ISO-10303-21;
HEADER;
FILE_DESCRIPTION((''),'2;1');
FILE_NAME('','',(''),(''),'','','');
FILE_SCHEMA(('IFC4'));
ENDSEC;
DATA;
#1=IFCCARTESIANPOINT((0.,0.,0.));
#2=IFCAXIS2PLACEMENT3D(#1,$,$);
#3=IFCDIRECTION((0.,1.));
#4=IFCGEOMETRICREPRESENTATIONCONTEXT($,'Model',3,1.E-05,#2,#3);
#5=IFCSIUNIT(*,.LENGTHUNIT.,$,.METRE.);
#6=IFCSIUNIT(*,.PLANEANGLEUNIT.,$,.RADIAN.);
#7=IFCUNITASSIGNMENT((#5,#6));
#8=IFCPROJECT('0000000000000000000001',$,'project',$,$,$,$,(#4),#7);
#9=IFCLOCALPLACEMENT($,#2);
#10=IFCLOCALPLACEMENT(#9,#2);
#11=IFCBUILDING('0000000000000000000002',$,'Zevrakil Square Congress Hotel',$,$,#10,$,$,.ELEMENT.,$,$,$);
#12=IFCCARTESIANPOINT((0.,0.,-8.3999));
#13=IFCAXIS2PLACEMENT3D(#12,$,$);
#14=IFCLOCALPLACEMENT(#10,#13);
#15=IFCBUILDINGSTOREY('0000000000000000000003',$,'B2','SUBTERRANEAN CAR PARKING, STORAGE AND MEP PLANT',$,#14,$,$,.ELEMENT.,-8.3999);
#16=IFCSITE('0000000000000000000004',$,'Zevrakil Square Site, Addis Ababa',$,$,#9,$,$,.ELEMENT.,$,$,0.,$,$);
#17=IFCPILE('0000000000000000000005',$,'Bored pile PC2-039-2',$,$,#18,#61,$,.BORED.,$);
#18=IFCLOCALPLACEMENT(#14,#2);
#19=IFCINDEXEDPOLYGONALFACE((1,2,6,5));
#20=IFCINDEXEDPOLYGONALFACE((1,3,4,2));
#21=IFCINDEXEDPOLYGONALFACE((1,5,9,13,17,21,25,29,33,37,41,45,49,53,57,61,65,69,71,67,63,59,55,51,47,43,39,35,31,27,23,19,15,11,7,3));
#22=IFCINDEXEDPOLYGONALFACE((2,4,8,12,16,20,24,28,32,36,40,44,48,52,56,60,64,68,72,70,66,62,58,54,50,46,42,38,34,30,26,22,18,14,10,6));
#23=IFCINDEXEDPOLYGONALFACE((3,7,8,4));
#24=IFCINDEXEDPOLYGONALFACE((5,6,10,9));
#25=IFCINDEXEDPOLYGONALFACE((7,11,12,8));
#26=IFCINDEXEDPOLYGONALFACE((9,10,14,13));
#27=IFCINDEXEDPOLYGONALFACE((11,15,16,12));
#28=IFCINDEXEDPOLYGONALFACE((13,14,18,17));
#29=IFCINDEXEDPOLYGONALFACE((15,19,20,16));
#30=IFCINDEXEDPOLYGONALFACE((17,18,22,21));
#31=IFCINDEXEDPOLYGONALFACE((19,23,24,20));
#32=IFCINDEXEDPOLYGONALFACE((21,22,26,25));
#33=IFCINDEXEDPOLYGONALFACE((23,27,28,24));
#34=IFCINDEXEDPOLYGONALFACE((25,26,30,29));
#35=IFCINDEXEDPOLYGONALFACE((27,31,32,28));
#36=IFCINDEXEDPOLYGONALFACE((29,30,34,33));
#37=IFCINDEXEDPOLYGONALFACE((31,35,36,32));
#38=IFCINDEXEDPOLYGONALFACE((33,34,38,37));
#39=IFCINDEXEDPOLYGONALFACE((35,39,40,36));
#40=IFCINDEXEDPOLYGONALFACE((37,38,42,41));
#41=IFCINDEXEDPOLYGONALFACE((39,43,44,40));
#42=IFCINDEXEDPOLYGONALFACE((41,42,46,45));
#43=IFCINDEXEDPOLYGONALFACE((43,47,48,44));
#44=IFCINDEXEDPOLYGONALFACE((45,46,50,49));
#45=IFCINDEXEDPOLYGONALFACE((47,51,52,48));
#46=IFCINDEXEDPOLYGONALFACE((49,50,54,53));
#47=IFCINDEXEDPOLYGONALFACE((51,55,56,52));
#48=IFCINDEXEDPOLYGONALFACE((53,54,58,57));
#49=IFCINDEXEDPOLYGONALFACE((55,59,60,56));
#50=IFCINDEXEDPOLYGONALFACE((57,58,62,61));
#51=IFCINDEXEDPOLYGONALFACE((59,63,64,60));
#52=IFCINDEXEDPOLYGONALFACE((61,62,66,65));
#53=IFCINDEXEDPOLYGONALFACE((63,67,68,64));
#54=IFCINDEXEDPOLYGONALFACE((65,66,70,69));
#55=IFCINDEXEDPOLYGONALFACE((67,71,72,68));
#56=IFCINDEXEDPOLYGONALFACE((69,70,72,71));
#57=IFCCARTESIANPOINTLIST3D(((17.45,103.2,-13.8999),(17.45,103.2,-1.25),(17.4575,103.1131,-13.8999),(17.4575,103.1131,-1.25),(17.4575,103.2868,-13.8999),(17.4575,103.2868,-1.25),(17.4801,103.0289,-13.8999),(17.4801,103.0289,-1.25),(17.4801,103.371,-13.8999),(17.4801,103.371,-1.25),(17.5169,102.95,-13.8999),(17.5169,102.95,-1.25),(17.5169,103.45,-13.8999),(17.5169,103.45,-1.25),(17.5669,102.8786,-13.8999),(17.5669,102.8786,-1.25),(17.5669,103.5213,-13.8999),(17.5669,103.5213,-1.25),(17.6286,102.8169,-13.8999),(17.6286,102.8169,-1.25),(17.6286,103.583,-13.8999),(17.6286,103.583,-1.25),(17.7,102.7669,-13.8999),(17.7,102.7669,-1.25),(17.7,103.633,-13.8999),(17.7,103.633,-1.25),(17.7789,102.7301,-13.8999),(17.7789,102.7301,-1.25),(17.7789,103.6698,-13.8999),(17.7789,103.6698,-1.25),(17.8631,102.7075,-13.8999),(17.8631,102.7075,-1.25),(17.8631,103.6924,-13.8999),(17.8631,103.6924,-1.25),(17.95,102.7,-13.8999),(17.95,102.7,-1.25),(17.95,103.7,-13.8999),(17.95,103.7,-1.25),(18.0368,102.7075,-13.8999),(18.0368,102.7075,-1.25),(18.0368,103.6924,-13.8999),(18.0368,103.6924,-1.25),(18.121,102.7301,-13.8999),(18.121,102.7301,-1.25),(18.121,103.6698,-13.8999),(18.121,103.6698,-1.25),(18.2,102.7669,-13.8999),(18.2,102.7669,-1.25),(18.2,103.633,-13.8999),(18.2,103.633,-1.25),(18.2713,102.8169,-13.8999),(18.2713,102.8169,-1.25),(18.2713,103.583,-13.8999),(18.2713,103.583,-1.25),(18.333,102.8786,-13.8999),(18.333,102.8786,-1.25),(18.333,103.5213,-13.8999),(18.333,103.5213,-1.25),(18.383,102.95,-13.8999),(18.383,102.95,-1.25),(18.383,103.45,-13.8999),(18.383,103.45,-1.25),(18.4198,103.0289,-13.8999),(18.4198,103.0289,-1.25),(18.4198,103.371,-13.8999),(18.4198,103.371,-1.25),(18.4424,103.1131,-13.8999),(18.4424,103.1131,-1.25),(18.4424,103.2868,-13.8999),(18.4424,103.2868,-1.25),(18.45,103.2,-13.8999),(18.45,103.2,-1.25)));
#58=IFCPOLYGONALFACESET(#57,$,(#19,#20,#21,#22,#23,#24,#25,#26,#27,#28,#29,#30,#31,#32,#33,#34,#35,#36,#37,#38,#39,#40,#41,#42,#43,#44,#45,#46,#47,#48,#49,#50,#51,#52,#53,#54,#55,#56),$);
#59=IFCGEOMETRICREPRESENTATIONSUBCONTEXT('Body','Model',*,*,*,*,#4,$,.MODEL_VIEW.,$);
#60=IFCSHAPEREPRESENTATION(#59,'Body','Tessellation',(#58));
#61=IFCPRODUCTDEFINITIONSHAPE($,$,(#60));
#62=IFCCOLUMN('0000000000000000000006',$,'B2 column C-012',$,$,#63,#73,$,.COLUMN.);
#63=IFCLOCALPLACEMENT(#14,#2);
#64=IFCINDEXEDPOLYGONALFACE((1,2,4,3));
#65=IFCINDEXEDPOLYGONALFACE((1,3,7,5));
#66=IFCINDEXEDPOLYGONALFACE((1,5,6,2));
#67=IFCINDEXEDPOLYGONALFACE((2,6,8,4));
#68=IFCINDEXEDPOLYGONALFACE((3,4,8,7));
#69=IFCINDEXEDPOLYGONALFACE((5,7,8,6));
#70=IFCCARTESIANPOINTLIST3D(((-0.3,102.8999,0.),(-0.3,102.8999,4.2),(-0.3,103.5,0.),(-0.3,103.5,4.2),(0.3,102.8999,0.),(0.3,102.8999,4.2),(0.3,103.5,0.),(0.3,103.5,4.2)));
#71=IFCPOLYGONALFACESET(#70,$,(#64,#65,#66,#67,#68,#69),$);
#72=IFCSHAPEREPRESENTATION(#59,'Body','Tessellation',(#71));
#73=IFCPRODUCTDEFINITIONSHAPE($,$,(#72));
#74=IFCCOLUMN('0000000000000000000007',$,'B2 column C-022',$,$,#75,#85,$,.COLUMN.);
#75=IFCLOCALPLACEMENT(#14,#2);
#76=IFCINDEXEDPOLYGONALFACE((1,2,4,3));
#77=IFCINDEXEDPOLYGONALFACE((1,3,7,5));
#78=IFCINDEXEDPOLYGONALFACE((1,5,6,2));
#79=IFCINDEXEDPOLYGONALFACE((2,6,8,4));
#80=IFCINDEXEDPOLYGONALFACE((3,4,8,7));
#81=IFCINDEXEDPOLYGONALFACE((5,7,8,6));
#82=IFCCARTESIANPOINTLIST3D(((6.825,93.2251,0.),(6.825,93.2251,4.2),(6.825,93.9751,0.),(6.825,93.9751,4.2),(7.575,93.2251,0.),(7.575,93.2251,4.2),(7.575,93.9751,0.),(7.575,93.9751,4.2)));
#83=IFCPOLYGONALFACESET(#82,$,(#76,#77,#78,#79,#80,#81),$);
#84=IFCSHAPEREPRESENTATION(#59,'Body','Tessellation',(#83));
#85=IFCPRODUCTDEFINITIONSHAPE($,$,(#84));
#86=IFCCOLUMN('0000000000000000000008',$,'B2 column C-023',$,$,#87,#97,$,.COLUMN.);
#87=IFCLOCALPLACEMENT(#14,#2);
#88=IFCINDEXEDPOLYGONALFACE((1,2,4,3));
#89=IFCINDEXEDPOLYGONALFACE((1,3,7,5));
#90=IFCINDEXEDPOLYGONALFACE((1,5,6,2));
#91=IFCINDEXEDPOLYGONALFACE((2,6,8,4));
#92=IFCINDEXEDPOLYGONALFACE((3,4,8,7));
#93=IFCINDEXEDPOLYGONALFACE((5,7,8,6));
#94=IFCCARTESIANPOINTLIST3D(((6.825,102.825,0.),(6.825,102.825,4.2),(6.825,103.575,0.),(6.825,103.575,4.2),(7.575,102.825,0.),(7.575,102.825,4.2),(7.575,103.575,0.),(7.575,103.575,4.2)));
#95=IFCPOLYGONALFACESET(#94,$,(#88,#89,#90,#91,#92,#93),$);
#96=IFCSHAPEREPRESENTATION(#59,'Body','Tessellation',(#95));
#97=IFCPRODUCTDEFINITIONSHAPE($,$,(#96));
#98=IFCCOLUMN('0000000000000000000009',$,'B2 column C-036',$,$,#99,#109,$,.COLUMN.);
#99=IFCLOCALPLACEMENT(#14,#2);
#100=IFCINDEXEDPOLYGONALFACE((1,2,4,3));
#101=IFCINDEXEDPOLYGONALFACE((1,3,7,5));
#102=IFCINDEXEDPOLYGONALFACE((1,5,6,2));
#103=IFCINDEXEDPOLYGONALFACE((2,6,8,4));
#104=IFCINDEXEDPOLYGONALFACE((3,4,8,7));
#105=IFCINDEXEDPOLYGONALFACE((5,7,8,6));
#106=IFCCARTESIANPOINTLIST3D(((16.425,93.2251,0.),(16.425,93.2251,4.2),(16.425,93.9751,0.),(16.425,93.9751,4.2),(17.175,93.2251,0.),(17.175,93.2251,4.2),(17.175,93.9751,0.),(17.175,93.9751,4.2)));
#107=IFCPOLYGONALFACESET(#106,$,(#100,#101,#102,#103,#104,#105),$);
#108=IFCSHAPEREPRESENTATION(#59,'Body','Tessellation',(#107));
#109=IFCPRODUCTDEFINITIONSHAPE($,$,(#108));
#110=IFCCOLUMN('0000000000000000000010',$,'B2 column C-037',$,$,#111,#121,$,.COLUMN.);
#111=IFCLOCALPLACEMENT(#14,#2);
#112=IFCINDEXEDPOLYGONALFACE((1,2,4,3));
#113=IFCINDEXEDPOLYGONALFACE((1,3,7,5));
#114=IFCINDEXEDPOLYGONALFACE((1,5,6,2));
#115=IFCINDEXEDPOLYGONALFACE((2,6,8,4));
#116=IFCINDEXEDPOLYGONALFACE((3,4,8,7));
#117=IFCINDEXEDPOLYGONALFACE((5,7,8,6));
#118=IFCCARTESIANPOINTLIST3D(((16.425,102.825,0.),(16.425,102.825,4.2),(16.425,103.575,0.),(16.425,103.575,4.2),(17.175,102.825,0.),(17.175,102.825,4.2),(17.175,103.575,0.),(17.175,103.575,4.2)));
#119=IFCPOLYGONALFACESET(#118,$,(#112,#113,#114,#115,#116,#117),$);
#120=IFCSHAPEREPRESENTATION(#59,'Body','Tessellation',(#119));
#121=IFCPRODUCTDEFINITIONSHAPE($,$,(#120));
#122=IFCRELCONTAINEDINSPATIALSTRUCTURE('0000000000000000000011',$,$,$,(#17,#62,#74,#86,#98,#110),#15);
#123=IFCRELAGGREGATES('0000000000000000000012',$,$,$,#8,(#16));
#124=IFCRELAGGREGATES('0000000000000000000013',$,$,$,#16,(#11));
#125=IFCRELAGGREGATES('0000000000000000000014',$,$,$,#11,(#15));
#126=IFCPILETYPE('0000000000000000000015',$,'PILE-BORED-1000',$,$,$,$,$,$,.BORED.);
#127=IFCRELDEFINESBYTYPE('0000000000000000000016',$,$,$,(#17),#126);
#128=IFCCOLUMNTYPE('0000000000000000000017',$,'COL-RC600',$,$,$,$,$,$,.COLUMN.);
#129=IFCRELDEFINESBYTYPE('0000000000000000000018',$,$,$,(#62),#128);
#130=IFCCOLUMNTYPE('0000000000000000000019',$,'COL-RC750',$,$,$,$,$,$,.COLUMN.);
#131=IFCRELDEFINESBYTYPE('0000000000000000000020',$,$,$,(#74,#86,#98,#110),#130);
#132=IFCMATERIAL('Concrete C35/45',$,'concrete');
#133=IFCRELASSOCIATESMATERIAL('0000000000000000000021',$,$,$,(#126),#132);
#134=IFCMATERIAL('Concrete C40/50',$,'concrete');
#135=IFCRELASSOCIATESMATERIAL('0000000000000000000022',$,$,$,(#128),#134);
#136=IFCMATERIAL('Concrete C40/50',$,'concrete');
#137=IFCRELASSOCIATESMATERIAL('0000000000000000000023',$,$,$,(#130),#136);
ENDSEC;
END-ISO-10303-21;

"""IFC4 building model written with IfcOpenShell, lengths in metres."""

from ifc_helpers import new_model, si_unit, direction, frame, origin, origin_2d, place, context, subcontext, project, spatial, rectangle, circle, extrude, material, material_profile, profile_set, type_object, element, save


model = new_model("IFC4")

# Units and contexts
model_context = context("Model", 3, precision=1e-05, world=origin(), true_north=direction((0.0, 1.0)))
body_context = subcontext(model_context, "Body", "Model", "MODEL_VIEW")
ifc_project = project(units=[si_unit("LENGTHUNIT", "METRE"), si_unit("PLANEANGLEUNIT", "RADIAN")], contexts=[model_context])

# Site, building, storey
site_placement = place(None, origin())
site = spatial("IfcSite", under=ifc_project, at=site_placement, Name="Zevrakil Square Site, Addis Ababa", CompositionType="ELEMENT", RefElevation=0.0)
building_placement = place(site_placement, origin())
building = spatial("IfcBuilding", under=site, at=building_placement, Name="Zevrakil Square Congress Hotel", CompositionType="ELEMENT")
storey_placement = place(building_placement, frame((0.0, 0.0, -8.3999)))
storey = spatial("IfcBuildingStorey", under=building, at=storey_placement, Name="B2", Description="SUBTERRANEAN CAR PARKING, STORAGE AND MEP PLANT", CompositionType="ELEMENT", Elevation=-8.3999)

# Pile
ifc_material_1 = material(Name="Concrete C35/45", Category="concrete")
ifc_material_profile_1 = material_profile(ifc_material_1, circle(Radius=0.5, at=origin_2d()), Name="PILE D1000")
ifc_profile_set_1 = profile_set([ifc_material_profile_1], Name="Concrete C35/45")
pile_type = type_object("IfcPileType", Name="PILE-BORED-1000", PredefinedType="BORED", material=ifc_profile_set_1)
for number, where, z_axis, x_axis, name in (
    (1, (17.95, 103.2, -1.25), (0.0, 0.0, -1.0), (1.0, 0.0, 0.0), "Bored pile PC2-039-2"),
):
    element("IfcPile", number, at=place(storey_placement, frame(where, z_axis=z_axis, x_axis=x_axis)), inside=storey, type_object=pile_type, Name=name, PredefinedType="BORED", context=body_context, shape_type="SweptSolid", body=[
        extrude(circle(Radius=0.5, at=origin_2d()), origin(), (0.0, 0.0, 1.0), 12.6499),
    ])

# Columns
ifc_material_2 = material(Name="Concrete C40/50", Category="concrete")
ifc_material_profile_2 = material_profile(ifc_material_2, rectangle(XDim=0.6001, YDim=0.6001, at=origin_2d()), Name="RC 600x600")
ifc_profile_set_2 = profile_set([ifc_material_profile_2], Name="Concrete C40/50")
column_type_1 = type_object("IfcColumnType", Name="COL-RC600", PredefinedType="COLUMN", material=ifc_profile_set_2)
column_placement = place(storey_placement, frame((0.0, 103.2, 0.0), z_axis=(0.0, 0.0, 1.0), x_axis=(1.0, 0.0, 0.0)))
element("IfcColumn", 2, at=column_placement, inside=storey, type_object=column_type_1, Name="B2 column C-012", PredefinedType="COLUMN", context=body_context, shape_type="SweptSolid", body=[
    extrude(rectangle(XDim=0.6001, YDim=0.6001, at=origin_2d()), origin(), (0.0, 0.0, 1.0), 4.2),
])
ifc_material_3 = material(Name="Concrete C40/50", Category="concrete")
ifc_material_profile_3 = material_profile(ifc_material_3, rectangle(XDim=0.75, YDim=0.75, at=origin_2d()), Name="RC 750x750")
ifc_profile_set_3 = profile_set([ifc_material_profile_3], Name="Concrete C40/50")
column_type_2 = type_object("IfcColumnType", Name="COL-RC750", PredefinedType="COLUMN", material=ifc_profile_set_3)
for number, where, z_axis, x_axis, name in (
    (3, (7.2, 93.6001, 0.0), (0.0, 0.0, 1.0), (1.0, 0.0, 0.0), "B2 column C-022"),
    (4, (7.2, 103.2, 0.0), (0.0, 0.0, 1.0), (1.0, 0.0, 0.0), "B2 column C-023"),
    (5, (16.8, 93.6001, 0.0), (0.0, 0.0, 1.0), (1.0, 0.0, 0.0), "B2 column C-036"),
    (6, (16.8, 103.2, 0.0), (0.0, 0.0, 1.0), (1.0, 0.0, 0.0), "B2 column C-037"),
):
    element("IfcColumn", number, at=place(storey_placement, frame(where, z_axis=z_axis, x_axis=x_axis)), inside=storey, type_object=column_type_2, Name=name, PredefinedType="COLUMN", context=body_context, shape_type="SweptSolid", body=[
        extrude(rectangle(XDim=0.75, YDim=0.75, at=origin_2d()), origin(), (0.0, 0.0, 1.0), 4.2),
    ])

save(model, "model.ifc")
